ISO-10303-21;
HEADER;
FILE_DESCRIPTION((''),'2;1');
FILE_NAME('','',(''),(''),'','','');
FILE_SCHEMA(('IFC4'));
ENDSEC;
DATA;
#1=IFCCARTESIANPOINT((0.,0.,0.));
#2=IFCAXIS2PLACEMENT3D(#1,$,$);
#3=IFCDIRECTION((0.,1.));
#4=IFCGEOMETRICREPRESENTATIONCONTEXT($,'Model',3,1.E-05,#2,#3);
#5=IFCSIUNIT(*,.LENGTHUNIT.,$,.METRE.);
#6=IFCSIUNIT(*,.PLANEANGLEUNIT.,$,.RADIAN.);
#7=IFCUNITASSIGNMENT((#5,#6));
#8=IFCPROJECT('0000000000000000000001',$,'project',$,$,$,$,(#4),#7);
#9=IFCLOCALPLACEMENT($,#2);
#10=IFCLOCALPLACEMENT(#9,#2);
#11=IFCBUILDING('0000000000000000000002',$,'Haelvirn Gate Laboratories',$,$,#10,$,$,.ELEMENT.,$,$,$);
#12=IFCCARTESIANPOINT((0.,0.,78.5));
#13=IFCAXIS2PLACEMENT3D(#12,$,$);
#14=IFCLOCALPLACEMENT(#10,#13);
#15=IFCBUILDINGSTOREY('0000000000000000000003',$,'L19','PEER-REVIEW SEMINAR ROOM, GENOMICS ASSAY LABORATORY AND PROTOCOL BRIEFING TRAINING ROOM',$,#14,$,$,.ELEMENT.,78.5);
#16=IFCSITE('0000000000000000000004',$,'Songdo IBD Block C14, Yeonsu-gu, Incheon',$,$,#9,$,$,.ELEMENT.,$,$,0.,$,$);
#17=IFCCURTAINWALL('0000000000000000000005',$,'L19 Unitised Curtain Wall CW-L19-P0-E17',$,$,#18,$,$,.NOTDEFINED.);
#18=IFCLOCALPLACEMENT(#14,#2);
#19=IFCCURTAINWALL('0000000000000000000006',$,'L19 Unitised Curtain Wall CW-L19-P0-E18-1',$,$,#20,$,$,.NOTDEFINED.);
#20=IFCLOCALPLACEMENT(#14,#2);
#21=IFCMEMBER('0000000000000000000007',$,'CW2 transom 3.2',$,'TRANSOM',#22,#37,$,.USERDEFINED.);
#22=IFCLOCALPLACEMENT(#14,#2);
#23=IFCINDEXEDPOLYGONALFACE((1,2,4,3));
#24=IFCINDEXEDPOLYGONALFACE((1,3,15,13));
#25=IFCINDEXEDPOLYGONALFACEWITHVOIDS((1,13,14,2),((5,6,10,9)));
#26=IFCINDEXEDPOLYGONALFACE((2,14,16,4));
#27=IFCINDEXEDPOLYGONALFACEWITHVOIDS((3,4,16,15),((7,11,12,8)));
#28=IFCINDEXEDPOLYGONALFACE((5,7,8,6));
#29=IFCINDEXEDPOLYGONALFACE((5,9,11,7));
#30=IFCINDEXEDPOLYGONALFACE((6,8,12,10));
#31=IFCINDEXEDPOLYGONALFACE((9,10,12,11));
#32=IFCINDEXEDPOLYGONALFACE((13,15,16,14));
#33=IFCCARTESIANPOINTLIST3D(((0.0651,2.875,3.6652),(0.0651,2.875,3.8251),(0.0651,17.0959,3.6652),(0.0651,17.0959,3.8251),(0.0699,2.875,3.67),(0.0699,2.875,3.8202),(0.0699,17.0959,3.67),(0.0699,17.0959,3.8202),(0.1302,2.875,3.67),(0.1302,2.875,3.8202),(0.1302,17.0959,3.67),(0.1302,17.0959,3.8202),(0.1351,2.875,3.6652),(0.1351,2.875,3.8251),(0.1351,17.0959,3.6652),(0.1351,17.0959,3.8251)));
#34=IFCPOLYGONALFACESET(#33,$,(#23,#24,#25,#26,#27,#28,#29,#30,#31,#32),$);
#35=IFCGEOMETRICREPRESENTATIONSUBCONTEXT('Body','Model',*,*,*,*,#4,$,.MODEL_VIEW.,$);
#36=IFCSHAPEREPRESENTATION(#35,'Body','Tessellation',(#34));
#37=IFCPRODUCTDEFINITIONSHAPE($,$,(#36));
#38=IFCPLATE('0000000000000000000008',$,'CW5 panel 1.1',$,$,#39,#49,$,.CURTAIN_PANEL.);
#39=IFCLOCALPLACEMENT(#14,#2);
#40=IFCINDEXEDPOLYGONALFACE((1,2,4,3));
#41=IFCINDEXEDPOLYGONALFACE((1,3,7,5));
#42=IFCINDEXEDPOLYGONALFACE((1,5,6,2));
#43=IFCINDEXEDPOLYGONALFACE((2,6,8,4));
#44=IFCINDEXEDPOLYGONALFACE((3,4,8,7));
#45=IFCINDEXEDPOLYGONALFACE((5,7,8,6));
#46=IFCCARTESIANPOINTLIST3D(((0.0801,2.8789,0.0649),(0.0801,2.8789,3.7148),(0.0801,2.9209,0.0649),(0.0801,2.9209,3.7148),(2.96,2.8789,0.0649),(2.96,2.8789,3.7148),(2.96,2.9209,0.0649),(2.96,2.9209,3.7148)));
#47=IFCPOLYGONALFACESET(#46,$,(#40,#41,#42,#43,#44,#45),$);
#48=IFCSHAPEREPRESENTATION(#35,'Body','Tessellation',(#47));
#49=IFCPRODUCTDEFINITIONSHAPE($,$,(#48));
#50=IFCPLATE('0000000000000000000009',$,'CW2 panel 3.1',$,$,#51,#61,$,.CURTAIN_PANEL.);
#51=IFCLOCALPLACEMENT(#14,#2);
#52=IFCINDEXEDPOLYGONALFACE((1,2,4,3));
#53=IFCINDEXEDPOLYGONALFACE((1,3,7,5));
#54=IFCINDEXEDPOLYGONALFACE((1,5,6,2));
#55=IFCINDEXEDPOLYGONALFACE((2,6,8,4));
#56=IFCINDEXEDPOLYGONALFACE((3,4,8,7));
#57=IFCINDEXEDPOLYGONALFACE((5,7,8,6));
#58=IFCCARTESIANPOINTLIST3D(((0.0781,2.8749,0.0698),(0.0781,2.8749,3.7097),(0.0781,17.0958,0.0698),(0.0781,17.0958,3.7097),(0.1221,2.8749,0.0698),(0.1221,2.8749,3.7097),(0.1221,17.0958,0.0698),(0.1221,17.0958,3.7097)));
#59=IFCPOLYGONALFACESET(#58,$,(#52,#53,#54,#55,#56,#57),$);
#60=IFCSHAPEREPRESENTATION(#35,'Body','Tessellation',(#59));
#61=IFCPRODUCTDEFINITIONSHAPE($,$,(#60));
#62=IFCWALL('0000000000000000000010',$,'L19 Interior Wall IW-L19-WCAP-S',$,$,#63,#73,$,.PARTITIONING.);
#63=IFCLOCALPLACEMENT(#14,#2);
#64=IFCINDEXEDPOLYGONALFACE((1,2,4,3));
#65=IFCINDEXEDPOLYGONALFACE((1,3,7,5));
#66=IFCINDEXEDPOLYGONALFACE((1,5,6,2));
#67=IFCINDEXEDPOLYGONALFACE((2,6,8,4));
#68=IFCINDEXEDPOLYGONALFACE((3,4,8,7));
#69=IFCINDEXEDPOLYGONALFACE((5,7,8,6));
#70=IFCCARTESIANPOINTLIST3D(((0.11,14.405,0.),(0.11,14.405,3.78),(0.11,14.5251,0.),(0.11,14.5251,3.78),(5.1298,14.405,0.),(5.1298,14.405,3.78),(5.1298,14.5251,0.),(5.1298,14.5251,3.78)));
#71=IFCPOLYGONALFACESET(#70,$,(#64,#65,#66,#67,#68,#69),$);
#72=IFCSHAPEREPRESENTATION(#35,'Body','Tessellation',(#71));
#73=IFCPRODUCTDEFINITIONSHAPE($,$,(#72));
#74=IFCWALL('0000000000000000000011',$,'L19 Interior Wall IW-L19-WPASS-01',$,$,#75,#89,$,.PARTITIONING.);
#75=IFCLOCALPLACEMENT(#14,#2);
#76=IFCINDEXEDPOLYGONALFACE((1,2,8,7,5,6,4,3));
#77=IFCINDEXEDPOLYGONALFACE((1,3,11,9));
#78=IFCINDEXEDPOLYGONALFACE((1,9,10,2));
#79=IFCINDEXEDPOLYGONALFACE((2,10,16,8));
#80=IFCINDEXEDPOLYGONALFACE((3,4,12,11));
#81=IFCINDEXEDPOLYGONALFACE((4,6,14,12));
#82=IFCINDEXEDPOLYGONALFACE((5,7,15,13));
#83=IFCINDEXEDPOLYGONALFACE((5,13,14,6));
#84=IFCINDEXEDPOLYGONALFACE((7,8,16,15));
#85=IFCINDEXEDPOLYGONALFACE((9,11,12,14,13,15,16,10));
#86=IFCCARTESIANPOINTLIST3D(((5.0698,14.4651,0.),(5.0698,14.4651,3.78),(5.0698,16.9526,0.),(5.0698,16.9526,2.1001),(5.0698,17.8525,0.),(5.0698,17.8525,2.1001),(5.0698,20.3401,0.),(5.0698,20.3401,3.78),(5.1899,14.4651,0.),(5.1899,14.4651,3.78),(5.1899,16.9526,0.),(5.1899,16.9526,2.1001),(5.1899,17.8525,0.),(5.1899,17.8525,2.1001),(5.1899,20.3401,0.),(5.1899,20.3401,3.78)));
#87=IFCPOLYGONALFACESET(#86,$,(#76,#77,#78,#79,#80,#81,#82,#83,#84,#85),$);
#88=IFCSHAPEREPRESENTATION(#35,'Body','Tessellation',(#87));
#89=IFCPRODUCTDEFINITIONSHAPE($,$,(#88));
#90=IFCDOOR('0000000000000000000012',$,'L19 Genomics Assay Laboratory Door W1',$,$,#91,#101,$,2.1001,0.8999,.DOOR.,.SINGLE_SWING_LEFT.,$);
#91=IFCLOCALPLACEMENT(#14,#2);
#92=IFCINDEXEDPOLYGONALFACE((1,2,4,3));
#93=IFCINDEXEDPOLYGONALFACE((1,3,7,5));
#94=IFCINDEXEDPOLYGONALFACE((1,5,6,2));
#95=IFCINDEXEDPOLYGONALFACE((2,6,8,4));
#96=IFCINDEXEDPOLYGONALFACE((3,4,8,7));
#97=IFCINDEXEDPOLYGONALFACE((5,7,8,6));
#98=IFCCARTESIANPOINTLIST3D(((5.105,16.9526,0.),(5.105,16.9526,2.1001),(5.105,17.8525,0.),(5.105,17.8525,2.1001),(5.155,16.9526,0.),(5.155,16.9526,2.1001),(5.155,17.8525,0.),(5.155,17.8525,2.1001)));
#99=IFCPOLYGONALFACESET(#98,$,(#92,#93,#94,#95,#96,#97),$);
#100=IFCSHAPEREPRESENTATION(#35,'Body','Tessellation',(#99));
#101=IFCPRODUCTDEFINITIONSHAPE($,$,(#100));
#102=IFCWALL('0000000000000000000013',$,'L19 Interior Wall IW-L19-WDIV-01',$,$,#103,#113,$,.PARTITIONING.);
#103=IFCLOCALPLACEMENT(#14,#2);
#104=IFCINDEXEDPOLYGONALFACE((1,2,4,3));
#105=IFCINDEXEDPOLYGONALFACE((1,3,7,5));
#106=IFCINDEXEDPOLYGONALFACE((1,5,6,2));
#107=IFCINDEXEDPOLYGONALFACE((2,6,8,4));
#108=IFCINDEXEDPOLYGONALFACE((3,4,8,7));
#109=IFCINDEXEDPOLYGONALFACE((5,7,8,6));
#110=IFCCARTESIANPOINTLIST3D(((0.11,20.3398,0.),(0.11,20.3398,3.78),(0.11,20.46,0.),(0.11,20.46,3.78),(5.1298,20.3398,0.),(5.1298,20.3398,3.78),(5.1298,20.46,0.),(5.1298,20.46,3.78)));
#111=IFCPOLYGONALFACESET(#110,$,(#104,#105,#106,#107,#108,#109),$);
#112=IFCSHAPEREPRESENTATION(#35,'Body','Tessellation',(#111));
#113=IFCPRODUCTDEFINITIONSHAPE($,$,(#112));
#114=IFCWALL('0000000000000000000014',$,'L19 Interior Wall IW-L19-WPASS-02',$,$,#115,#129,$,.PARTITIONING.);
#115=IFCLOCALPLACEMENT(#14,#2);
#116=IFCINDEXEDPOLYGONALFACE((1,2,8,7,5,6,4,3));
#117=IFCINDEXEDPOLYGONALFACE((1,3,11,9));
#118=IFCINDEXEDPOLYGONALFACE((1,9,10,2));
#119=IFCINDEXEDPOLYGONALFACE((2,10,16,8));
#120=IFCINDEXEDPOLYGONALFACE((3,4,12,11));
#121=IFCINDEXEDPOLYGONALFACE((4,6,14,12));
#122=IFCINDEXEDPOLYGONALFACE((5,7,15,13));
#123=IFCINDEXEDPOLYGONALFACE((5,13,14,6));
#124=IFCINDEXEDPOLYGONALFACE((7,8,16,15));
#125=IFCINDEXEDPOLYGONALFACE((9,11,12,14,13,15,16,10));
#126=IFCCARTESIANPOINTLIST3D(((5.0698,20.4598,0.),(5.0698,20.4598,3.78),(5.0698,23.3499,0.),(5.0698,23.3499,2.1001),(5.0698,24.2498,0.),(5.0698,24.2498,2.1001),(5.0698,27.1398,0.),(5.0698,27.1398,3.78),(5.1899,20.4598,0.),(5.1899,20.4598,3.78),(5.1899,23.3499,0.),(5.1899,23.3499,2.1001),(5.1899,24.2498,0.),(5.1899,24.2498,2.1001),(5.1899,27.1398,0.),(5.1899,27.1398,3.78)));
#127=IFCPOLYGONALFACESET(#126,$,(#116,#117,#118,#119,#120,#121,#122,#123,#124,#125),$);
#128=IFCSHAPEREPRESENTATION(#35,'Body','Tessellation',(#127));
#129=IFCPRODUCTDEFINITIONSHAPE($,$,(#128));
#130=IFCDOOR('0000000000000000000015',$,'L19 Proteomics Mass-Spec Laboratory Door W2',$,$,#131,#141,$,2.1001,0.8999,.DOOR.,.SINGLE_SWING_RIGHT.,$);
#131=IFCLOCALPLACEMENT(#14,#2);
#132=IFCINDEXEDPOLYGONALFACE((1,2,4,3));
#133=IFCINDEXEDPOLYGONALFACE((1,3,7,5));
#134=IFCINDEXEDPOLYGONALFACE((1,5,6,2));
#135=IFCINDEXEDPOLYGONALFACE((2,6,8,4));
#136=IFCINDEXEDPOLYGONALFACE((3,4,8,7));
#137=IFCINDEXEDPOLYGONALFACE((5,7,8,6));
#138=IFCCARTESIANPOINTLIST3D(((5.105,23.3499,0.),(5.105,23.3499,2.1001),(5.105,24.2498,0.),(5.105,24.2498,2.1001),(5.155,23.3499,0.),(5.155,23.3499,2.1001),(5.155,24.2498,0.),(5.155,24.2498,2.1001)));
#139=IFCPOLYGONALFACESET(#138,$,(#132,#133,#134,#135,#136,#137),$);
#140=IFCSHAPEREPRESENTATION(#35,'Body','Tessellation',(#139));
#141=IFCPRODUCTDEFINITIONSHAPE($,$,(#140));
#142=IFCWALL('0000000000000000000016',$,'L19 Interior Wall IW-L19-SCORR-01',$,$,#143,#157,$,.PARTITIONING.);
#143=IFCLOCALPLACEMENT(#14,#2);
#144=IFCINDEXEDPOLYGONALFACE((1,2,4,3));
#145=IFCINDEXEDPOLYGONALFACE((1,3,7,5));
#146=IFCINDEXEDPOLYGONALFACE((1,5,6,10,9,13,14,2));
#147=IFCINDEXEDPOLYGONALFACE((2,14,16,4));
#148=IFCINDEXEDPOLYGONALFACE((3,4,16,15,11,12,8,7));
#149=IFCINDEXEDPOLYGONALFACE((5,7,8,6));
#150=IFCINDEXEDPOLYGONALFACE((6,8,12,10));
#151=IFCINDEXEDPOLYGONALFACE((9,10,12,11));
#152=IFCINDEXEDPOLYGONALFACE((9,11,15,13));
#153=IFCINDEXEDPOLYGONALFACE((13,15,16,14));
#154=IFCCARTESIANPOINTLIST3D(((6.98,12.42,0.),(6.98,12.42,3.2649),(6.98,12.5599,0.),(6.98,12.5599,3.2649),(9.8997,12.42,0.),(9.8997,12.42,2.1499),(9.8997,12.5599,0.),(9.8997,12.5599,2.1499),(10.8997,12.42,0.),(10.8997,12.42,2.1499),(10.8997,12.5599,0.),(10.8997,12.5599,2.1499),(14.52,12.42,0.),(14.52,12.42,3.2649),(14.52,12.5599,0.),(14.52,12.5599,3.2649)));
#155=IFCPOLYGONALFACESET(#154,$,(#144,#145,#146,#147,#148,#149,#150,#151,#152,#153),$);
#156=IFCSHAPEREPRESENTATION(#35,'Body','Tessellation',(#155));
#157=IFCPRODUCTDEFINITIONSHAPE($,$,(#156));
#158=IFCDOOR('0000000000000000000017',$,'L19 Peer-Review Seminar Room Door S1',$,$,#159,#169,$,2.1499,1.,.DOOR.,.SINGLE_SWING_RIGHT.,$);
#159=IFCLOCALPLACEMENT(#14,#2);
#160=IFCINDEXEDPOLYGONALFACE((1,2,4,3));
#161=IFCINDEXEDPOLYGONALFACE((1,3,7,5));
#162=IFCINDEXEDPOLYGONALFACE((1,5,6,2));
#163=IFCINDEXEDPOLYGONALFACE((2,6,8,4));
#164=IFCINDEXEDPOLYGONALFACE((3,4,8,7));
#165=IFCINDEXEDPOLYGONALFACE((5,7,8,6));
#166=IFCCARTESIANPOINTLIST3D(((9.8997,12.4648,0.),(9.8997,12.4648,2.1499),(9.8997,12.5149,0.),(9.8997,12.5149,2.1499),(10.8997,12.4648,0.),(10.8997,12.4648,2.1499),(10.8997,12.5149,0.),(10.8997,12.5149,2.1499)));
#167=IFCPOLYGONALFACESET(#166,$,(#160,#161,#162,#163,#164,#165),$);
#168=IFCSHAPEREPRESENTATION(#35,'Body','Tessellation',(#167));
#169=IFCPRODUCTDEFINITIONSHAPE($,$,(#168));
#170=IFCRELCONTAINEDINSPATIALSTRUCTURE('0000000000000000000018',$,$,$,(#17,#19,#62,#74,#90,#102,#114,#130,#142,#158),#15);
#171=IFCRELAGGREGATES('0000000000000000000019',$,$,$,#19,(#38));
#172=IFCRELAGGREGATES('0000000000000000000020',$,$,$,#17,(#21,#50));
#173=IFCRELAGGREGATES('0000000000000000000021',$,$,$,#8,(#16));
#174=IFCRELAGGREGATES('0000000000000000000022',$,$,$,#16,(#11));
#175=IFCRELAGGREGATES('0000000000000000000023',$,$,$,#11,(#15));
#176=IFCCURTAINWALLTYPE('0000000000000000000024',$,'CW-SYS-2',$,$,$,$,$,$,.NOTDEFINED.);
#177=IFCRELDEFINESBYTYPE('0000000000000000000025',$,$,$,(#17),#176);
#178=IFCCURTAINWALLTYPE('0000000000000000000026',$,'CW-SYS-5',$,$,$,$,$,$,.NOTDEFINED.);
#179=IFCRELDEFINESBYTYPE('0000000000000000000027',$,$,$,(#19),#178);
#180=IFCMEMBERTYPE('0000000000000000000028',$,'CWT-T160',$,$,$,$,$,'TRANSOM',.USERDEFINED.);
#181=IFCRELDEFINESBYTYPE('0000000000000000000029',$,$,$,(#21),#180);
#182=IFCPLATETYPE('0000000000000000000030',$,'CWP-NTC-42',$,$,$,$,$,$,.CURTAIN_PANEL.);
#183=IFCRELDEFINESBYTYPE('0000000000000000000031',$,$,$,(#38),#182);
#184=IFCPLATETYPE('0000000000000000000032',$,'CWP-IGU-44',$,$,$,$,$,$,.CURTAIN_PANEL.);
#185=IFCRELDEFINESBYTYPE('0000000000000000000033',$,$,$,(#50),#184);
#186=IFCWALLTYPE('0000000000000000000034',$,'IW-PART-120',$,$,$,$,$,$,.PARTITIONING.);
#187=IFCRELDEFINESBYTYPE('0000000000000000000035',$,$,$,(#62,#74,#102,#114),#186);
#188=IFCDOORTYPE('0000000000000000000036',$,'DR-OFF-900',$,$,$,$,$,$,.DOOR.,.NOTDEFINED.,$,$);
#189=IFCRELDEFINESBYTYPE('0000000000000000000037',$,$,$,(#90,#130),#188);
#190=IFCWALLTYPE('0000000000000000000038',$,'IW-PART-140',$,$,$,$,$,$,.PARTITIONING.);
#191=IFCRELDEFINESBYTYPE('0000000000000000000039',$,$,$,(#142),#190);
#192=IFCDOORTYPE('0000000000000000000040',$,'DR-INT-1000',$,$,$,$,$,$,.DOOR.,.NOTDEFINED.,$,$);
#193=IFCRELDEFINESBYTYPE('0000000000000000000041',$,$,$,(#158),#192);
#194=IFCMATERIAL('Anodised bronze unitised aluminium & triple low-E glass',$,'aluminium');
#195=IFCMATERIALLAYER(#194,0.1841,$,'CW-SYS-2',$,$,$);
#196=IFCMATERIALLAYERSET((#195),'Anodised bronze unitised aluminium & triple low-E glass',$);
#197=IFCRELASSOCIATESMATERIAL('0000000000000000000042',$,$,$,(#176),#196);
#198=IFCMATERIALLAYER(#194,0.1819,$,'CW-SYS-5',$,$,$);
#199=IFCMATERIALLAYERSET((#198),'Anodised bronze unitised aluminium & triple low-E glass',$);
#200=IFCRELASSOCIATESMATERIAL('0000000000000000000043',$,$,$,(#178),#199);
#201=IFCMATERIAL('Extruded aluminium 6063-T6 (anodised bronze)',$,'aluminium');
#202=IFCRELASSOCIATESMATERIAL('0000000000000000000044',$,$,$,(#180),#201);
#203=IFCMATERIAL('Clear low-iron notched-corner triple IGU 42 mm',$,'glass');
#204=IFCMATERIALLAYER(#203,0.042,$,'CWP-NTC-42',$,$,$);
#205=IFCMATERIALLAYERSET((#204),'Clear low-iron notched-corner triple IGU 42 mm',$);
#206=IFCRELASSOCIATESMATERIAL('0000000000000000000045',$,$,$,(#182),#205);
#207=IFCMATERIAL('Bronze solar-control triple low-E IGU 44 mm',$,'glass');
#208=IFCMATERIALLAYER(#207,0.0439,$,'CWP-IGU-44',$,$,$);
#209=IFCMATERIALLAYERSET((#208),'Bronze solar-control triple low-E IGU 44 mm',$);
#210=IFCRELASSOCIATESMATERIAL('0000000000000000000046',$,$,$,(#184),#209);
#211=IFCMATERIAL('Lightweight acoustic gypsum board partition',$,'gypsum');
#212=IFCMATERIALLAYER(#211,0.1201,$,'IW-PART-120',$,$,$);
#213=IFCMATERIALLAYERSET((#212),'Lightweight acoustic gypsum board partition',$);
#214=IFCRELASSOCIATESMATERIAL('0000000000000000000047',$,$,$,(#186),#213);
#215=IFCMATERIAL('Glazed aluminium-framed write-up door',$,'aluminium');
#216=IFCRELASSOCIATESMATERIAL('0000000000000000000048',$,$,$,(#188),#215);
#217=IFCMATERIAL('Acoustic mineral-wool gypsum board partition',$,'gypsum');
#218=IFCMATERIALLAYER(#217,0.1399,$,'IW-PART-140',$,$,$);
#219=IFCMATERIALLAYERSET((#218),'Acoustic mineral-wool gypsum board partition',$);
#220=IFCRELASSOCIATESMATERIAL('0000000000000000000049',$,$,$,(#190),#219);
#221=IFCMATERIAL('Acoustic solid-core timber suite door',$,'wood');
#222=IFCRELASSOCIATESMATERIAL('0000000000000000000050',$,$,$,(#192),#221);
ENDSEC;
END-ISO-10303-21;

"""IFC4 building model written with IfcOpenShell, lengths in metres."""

from ifc_helpers import new_model, si_unit, direction, frame, frame_2d, origin, origin_2d, place, context, subcontext, project, spatial, rectangle, hollow_rectangle, extrude, source, transform, mapped, material, layer, layer_set, material_profile, profile_set, type_object, type_shapes, element, fill, aggregate, save


model = new_model("IFC4")

# Units and contexts
model_context = context("Model", 3, precision=1e-05, world=origin(), true_north=direction((0.0, 1.0)))
body_context = subcontext(model_context, "Body", "Model", "MODEL_VIEW")
ifc_project = project(units=[si_unit("LENGTHUNIT", "METRE"), si_unit("PLANEANGLEUNIT", "RADIAN")], contexts=[model_context])

# Site, building, storey
site_placement = place(None, origin())
site = spatial("IfcSite", under=ifc_project, at=site_placement, Name="Songdo IBD Block C14, Yeonsu-gu, Incheon", CompositionType="ELEMENT", RefElevation=0.0)
building_placement = place(site_placement, origin())
building = spatial("IfcBuilding", under=site, at=building_placement, Name="Haelvirn Gate Laboratories", CompositionType="ELEMENT")
storey_placement = place(building_placement, frame((0.0, 0.0, 78.5)))
storey = spatial("IfcBuildingStorey", under=building, at=storey_placement, Name="L19", Description="PEER-REVIEW SEMINAR ROOM, GENOMICS ASSAY LABORATORY AND PROTOCOL BRIEFING TRAINING ROOM", CompositionType="ELEMENT", Elevation=78.5)

# Curtain wall
ifc_material_1 = material(Name="Anodised bronze unitised aluminium & triple low-E glass", Category="aluminium")
ifc_layer_1 = layer(ifc_material_1, 0.1841, Name="CW-SYS-2")
ifc_layer_set_1 = layer_set([ifc_layer_1], Name="Anodised bronze unitised aluminium & triple low-E glass")
curtain_wall_type_1 = type_object("IfcCurtainWallType", Name="CW-SYS-2", PredefinedType="NOTDEFINED", material=ifc_layer_set_1)
curtain_wall_1_placement = place(storey_placement, origin())
curtain_wall_1 = element("IfcCurtainWall", 1, at=curtain_wall_1_placement, inside=storey, type_object=curtain_wall_type_1, Name="L19 Unitised Curtain Wall CW-L19-P0-E17", PredefinedType="NOTDEFINED")
ifc_material_2 = material(Name="Extruded aluminium 6063-T6 (anodised bronze)", Category="aluminium")

# Curtain wall
ifc_layer_2 = layer(ifc_material_1, 0.1819, Name="CW-SYS-5")
ifc_layer_set_2 = layer_set([ifc_layer_2], Name="Anodised bronze unitised aluminium & triple low-E glass")
curtain_wall_type_2 = type_object("IfcCurtainWallType", Name="CW-SYS-5", PredefinedType="NOTDEFINED", material=ifc_layer_set_2)
curtain_wall_2_placement = place(storey_placement, origin())
curtain_wall_2 = element("IfcCurtainWall", 2, at=curtain_wall_2_placement, inside=storey, type_object=curtain_wall_type_2, Name="L19 Unitised Curtain Wall CW-L19-P0-E18-1", PredefinedType="NOTDEFINED")

# Member
ifc_material_profile_1 = material_profile(ifc_material_2, hollow_rectangle(XDim=0.0701, YDim=0.1599, WallThickness=0.0049, at=origin_2d()), Name="CWT-160x70x5")
ifc_profile_set_1 = profile_set([ifc_material_profile_1], Name="Extruded aluminium 6063-T6 (anodised bronze)")
member_type_1 = type_object("IfcMemberType", Name="CWT-T160", ElementType="TRANSOM", PredefinedType="USERDEFINED", material=ifc_profile_set_1)
shared_shape_1 = source(origin(), body_context, "Body", "SweptSolid", [
    extrude(hollow_rectangle(XDim=0.0701, YDim=0.1599, WallThickness=0.0049, at=origin_2d()), origin(), (0.0, 0.0, 1.0), 14.2209),
])
type_shapes(member_type_1, [shared_shape_1])
member_1_placement = place(storey_placement, frame((0.1001, 17.0959, 3.7451), z_axis=(0.0, -1.0, 0.0), x_axis=(1.0, 0.0, 0.0)))
member_1 = element("IfcMember", 3, at=member_1_placement, type_object=member_type_1, Name="CW2 transom 3.2", ObjectType="TRANSOM", PredefinedType="USERDEFINED", context=body_context, shape_type="MappedRepresentation", body=[
    mapped(shared_shape_1, transform((0.0, 0.0, 0.0), scale=1.0)),
])

# Plates
ifc_material_3 = material(Name="Clear low-iron notched-corner triple IGU 42 mm", Category="glass")
ifc_layer_3 = layer(ifc_material_3, 0.042, Name="CWP-NTC-42")
ifc_layer_set_3 = layer_set([ifc_layer_3], Name="Clear low-iron notched-corner triple IGU 42 mm")
plate_type_1 = type_object("IfcPlateType", Name="CWP-NTC-42", PredefinedType="CURTAIN_PANEL", material=ifc_layer_set_3)
shared_shape_2 = source(origin(), body_context, "Body", "SweptSolid", [
    extrude(rectangle(XDim=2.8799, YDim=0.042, at=origin_2d()), origin(), (0.0, 0.0, 1.0), 3.6499),
])
type_shapes(plate_type_1, [shared_shape_2])
plate_1_placement = place(storey_placement, frame((1.52, 2.8999, 0.0649), z_axis=(0.0, 0.0, 1.0), x_axis=(1.0, 0.0, 0.0)))
plate_1 = element("IfcPlate", 4, at=plate_1_placement, type_object=plate_type_1, Name="CW5 panel 1.1", PredefinedType="CURTAIN_PANEL", context=body_context, shape_type="MappedRepresentation", body=[
    mapped(shared_shape_2, transform((0.0, 0.0, 0.0), scale=1.0)),
])
aggregate(curtain_wall_2, [plate_1])
ifc_material_4 = material(Name="Bronze solar-control triple low-E IGU 44 mm", Category="glass")
ifc_layer_4 = layer(ifc_material_4, 0.0439, Name="CWP-IGU-44")
ifc_layer_set_4 = layer_set([ifc_layer_4], Name="Bronze solar-control triple low-E IGU 44 mm")
plate_type_2 = type_object("IfcPlateType", Name="CWP-IGU-44", PredefinedType="CURTAIN_PANEL", material=ifc_layer_set_4)
shared_shape_3 = source(origin(), body_context, "Body", "SweptSolid", [
    extrude(rectangle(XDim=14.2209, YDim=0.0439, at=origin_2d()), origin(), (0.0, 0.0, 1.0), 3.6399),
])
type_shapes(plate_type_2, [shared_shape_3])
plate_2_placement = place(storey_placement, frame((0.1001, 9.9854, 0.0698), z_axis=(0.0, 0.0, 1.0), x_axis=(0.0, -1.0, 0.0)))
plate_2 = element("IfcPlate", 5, at=plate_2_placement, type_object=plate_type_2, Name="CW2 panel 3.1", PredefinedType="CURTAIN_PANEL", context=body_context, shape_type="MappedRepresentation", body=[
    mapped(shared_shape_3, transform((0.0, 0.0, 0.0), scale=1.0)),
])
aggregate(curtain_wall_1, [member_1, plate_2])

# Wall
ifc_material_5 = material(Name="Lightweight acoustic gypsum board partition", Category="gypsum")
ifc_layer_5 = layer(ifc_material_5, 0.1201, Name="IW-PART-120")
ifc_layer_set_5 = layer_set([ifc_layer_5], Name="Lightweight acoustic gypsum board partition")
wall_type_1 = type_object("IfcWallType", Name="IW-PART-120", PredefinedType="PARTITIONING", material=ifc_layer_set_5)
wall_1_placement = place(storey_placement, frame((0.1101, 14.4651, 0.0), z_axis=(0.0, 0.0, 1.0), x_axis=(1.0, 0.0, 0.0)))
element("IfcWall", 6, at=wall_1_placement, inside=storey, type_object=wall_type_1, Name="L19 Interior Wall IW-L19-WCAP-S", PredefinedType="PARTITIONING", context=body_context, shape_type="SweptSolid", body=[
    extrude(rectangle(XDim=5.0198, YDim=0.1201, at=frame_2d((2.5098, 0.0))), origin(), (0.0, 0.0, 1.0), 3.78),
])

# Wall, opening, door
wall_2_placement = place(storey_placement, frame((5.1299, 14.4651, 0.0), z_axis=(0.0, 0.0, 1.0), x_axis=(0.0, 1.0, 0.0)))
wall_2 = element("IfcWall", 7, at=wall_2_placement, inside=storey, type_object=wall_type_1, Name="L19 Interior Wall IW-L19-WPASS-01", PredefinedType="PARTITIONING", context=body_context, shape_type="SweptSolid", body=[
    extrude(rectangle(XDim=5.875, YDim=0.1201, at=frame_2d((2.9375, 0.0))), origin(), (0.0, 0.0, 1.0), 3.78),
])
opening_1_placement = place(wall_2_placement, frame((2.4875, 0.0, 0.0)))
opening_1 = element("IfcOpeningElement", 8, at=opening_1_placement, cuts=wall_2, PredefinedType="OPENING", context=body_context, shape_type="SweptSolid", body=[
    extrude(rectangle(XDim=0.8999, YDim=2.1001, at=frame_2d((0.45, 1.05))), frame((0.0, 0.0701, 0.0), z_axis=(0.0, -1.0, 0.0), x_axis=(1.0, 0.0, 0.0)), (0.0, 0.0, 1.0), 0.1401),
])
ifc_material_6 = material(Name="Glazed aluminium-framed write-up door", Category="aluminium")
door_type_1 = type_object("IfcDoorType", Name="DR-OFF-900", OperationType="NOTDEFINED", PredefinedType="DOOR", material=ifc_material_6)
shared_shape_4 = source(origin(), body_context, "Body", "SweptSolid", [
    extrude(rectangle(XDim=0.8999, YDim=2.1001, at=frame_2d((0.45, 1.05))), frame((0.0, 0.0249, 0.0), z_axis=(0.0, -1.0, 0.0), x_axis=(1.0, 0.0, 0.0)), (0.0, 0.0, 1.0), 0.05),
])
type_shapes(door_type_1, [shared_shape_4])
door_1_placement = place(opening_1_placement, origin())
door_1 = element("IfcDoor", 9, at=door_1_placement, inside=storey, type_object=door_type_1, Name="L19 Genomics Assay Laboratory Door W1", OperationType="SINGLE_SWING_LEFT", OverallHeight=2.1001, OverallWidth=0.8999, PredefinedType="DOOR", context=body_context, shape_type="MappedRepresentation", body=[
    mapped(shared_shape_4, transform((0.0, 0.0, 0.0), scale=1.0)),
])
fill(opening_1, door_1)

# Wall
wall_3_placement = place(storey_placement, frame((0.1101, 20.3999, 0.0), z_axis=(0.0, 0.0, 1.0), x_axis=(1.0, 0.0, 0.0)))
element("IfcWall", 10, at=wall_3_placement, inside=storey, type_object=wall_type_1, Name="L19 Interior Wall IW-L19-WDIV-01", PredefinedType="PARTITIONING", context=body_context, shape_type="SweptSolid", body=[
    extrude(rectangle(XDim=5.0198, YDim=0.1201, at=frame_2d((2.5098, 0.0))), origin(), (0.0, 0.0, 1.0), 3.78),
])

# Walls, openings, doors
wall_4_placement = place(storey_placement, frame((5.1299, 20.46, 0.0), z_axis=(0.0, 0.0, 1.0), x_axis=(0.0, 1.0, 0.0)))
wall_4 = element("IfcWall", 11, at=wall_4_placement, inside=storey, type_object=wall_type_1, Name="L19 Interior Wall IW-L19-WPASS-02", PredefinedType="PARTITIONING", context=body_context, shape_type="SweptSolid", body=[
    extrude(rectangle(XDim=6.6799, YDim=0.1201, at=frame_2d((3.3398, 0.0))), origin(), (0.0, 0.0, 1.0), 3.78),
])
opening_2_placement = place(wall_4_placement, frame((2.8899, 0.0, 0.0)))
opening_2 = element("IfcOpeningElement", 12, at=opening_2_placement, cuts=wall_4, PredefinedType="OPENING", context=body_context, shape_type="SweptSolid", body=[
    extrude(rectangle(XDim=0.8999, YDim=2.1001, at=frame_2d((0.45, 1.05))), frame((0.0, 0.0701, 0.0), z_axis=(0.0, -1.0, 0.0), x_axis=(1.0, 0.0, 0.0)), (0.0, 0.0, 1.0), 0.1401),
])
door_2_placement = place(opening_2_placement, origin())
door_2 = element("IfcDoor", 13, at=door_2_placement, inside=storey, type_object=door_type_1, Name="L19 Proteomics Mass-Spec Laboratory Door W2", OperationType="SINGLE_SWING_RIGHT", OverallHeight=2.1001, OverallWidth=0.8999, PredefinedType="DOOR", context=body_context, shape_type="MappedRepresentation", body=[
    mapped(shared_shape_4, transform((0.0, 0.0, 0.0), scale=1.0)),
])
fill(opening_2, door_2)
ifc_material_7 = material(Name="Acoustic mineral-wool gypsum board partition", Category="gypsum")
ifc_layer_6 = layer(ifc_material_7, 0.1399, Name="IW-PART-140")
ifc_layer_set_6 = layer_set([ifc_layer_6], Name="Acoustic mineral-wool gypsum board partition")
wall_type_2 = type_object("IfcWallType", Name="IW-PART-140", PredefinedType="PARTITIONING", material=ifc_layer_set_6)
wall_5_placement = place(storey_placement, frame((6.98, 12.49, 0.0), z_axis=(0.0, 0.0, 1.0), x_axis=(1.0, 0.0, 0.0)))
wall_5 = element("IfcWall", 14, at=wall_5_placement, inside=storey, type_object=wall_type_2, Name="L19 Interior Wall IW-L19-SCORR-01", PredefinedType="PARTITIONING", context=body_context, shape_type="SweptSolid", body=[
    extrude(rectangle(XDim=7.54, YDim=0.1399, at=frame_2d((3.77, 0.0))), origin(), (0.0, 0.0, 1.0), 3.2649),
])
opening_3_placement = place(wall_5_placement, frame((2.9197, 0.0, 0.0)))
opening_3 = element("IfcOpeningElement", 15, at=opening_3_placement, cuts=wall_5, PredefinedType="OPENING", context=body_context, shape_type="SweptSolid", body=[
    extrude(rectangle(XDim=1.0, YDim=2.1499, at=frame_2d((0.5, 1.075))), frame((0.0, 0.0801, 0.0), z_axis=(0.0, -1.0, 0.0), x_axis=(1.0, 0.0, 0.0)), (0.0, 0.0, 1.0), 0.1599),
])
ifc_material_8 = material(Name="Acoustic solid-core timber suite door", Category="wood")
door_type_2 = type_object("IfcDoorType", Name="DR-INT-1000", OperationType="NOTDEFINED", PredefinedType="DOOR", material=ifc_material_8)
shared_shape_5 = source(origin(), body_context, "Body", "SweptSolid", [
    extrude(rectangle(XDim=1.0, YDim=2.1499, at=frame_2d((0.5, 1.075))), frame((0.0, 0.0249, 0.0), z_axis=(0.0, -1.0, 0.0), x_axis=(1.0, 0.0, 0.0)), (0.0, 0.0, 1.0), 0.05),
])
type_shapes(door_type_2, [shared_shape_5])
door_3_placement = place(opening_3_placement, origin())
door_3 = element("IfcDoor", 16, at=door_3_placement, inside=storey, type_object=door_type_2, Name="L19 Peer-Review Seminar Room Door S1", OperationType="SINGLE_SWING_RIGHT", OverallHeight=2.1499, OverallWidth=1.0, PredefinedType="DOOR", context=body_context, shape_type="MappedRepresentation", body=[
    mapped(shared_shape_5, transform((0.0, 0.0, 0.0), scale=1.0)),
])
fill(opening_3, door_3)

save(model, "model.ifc")
